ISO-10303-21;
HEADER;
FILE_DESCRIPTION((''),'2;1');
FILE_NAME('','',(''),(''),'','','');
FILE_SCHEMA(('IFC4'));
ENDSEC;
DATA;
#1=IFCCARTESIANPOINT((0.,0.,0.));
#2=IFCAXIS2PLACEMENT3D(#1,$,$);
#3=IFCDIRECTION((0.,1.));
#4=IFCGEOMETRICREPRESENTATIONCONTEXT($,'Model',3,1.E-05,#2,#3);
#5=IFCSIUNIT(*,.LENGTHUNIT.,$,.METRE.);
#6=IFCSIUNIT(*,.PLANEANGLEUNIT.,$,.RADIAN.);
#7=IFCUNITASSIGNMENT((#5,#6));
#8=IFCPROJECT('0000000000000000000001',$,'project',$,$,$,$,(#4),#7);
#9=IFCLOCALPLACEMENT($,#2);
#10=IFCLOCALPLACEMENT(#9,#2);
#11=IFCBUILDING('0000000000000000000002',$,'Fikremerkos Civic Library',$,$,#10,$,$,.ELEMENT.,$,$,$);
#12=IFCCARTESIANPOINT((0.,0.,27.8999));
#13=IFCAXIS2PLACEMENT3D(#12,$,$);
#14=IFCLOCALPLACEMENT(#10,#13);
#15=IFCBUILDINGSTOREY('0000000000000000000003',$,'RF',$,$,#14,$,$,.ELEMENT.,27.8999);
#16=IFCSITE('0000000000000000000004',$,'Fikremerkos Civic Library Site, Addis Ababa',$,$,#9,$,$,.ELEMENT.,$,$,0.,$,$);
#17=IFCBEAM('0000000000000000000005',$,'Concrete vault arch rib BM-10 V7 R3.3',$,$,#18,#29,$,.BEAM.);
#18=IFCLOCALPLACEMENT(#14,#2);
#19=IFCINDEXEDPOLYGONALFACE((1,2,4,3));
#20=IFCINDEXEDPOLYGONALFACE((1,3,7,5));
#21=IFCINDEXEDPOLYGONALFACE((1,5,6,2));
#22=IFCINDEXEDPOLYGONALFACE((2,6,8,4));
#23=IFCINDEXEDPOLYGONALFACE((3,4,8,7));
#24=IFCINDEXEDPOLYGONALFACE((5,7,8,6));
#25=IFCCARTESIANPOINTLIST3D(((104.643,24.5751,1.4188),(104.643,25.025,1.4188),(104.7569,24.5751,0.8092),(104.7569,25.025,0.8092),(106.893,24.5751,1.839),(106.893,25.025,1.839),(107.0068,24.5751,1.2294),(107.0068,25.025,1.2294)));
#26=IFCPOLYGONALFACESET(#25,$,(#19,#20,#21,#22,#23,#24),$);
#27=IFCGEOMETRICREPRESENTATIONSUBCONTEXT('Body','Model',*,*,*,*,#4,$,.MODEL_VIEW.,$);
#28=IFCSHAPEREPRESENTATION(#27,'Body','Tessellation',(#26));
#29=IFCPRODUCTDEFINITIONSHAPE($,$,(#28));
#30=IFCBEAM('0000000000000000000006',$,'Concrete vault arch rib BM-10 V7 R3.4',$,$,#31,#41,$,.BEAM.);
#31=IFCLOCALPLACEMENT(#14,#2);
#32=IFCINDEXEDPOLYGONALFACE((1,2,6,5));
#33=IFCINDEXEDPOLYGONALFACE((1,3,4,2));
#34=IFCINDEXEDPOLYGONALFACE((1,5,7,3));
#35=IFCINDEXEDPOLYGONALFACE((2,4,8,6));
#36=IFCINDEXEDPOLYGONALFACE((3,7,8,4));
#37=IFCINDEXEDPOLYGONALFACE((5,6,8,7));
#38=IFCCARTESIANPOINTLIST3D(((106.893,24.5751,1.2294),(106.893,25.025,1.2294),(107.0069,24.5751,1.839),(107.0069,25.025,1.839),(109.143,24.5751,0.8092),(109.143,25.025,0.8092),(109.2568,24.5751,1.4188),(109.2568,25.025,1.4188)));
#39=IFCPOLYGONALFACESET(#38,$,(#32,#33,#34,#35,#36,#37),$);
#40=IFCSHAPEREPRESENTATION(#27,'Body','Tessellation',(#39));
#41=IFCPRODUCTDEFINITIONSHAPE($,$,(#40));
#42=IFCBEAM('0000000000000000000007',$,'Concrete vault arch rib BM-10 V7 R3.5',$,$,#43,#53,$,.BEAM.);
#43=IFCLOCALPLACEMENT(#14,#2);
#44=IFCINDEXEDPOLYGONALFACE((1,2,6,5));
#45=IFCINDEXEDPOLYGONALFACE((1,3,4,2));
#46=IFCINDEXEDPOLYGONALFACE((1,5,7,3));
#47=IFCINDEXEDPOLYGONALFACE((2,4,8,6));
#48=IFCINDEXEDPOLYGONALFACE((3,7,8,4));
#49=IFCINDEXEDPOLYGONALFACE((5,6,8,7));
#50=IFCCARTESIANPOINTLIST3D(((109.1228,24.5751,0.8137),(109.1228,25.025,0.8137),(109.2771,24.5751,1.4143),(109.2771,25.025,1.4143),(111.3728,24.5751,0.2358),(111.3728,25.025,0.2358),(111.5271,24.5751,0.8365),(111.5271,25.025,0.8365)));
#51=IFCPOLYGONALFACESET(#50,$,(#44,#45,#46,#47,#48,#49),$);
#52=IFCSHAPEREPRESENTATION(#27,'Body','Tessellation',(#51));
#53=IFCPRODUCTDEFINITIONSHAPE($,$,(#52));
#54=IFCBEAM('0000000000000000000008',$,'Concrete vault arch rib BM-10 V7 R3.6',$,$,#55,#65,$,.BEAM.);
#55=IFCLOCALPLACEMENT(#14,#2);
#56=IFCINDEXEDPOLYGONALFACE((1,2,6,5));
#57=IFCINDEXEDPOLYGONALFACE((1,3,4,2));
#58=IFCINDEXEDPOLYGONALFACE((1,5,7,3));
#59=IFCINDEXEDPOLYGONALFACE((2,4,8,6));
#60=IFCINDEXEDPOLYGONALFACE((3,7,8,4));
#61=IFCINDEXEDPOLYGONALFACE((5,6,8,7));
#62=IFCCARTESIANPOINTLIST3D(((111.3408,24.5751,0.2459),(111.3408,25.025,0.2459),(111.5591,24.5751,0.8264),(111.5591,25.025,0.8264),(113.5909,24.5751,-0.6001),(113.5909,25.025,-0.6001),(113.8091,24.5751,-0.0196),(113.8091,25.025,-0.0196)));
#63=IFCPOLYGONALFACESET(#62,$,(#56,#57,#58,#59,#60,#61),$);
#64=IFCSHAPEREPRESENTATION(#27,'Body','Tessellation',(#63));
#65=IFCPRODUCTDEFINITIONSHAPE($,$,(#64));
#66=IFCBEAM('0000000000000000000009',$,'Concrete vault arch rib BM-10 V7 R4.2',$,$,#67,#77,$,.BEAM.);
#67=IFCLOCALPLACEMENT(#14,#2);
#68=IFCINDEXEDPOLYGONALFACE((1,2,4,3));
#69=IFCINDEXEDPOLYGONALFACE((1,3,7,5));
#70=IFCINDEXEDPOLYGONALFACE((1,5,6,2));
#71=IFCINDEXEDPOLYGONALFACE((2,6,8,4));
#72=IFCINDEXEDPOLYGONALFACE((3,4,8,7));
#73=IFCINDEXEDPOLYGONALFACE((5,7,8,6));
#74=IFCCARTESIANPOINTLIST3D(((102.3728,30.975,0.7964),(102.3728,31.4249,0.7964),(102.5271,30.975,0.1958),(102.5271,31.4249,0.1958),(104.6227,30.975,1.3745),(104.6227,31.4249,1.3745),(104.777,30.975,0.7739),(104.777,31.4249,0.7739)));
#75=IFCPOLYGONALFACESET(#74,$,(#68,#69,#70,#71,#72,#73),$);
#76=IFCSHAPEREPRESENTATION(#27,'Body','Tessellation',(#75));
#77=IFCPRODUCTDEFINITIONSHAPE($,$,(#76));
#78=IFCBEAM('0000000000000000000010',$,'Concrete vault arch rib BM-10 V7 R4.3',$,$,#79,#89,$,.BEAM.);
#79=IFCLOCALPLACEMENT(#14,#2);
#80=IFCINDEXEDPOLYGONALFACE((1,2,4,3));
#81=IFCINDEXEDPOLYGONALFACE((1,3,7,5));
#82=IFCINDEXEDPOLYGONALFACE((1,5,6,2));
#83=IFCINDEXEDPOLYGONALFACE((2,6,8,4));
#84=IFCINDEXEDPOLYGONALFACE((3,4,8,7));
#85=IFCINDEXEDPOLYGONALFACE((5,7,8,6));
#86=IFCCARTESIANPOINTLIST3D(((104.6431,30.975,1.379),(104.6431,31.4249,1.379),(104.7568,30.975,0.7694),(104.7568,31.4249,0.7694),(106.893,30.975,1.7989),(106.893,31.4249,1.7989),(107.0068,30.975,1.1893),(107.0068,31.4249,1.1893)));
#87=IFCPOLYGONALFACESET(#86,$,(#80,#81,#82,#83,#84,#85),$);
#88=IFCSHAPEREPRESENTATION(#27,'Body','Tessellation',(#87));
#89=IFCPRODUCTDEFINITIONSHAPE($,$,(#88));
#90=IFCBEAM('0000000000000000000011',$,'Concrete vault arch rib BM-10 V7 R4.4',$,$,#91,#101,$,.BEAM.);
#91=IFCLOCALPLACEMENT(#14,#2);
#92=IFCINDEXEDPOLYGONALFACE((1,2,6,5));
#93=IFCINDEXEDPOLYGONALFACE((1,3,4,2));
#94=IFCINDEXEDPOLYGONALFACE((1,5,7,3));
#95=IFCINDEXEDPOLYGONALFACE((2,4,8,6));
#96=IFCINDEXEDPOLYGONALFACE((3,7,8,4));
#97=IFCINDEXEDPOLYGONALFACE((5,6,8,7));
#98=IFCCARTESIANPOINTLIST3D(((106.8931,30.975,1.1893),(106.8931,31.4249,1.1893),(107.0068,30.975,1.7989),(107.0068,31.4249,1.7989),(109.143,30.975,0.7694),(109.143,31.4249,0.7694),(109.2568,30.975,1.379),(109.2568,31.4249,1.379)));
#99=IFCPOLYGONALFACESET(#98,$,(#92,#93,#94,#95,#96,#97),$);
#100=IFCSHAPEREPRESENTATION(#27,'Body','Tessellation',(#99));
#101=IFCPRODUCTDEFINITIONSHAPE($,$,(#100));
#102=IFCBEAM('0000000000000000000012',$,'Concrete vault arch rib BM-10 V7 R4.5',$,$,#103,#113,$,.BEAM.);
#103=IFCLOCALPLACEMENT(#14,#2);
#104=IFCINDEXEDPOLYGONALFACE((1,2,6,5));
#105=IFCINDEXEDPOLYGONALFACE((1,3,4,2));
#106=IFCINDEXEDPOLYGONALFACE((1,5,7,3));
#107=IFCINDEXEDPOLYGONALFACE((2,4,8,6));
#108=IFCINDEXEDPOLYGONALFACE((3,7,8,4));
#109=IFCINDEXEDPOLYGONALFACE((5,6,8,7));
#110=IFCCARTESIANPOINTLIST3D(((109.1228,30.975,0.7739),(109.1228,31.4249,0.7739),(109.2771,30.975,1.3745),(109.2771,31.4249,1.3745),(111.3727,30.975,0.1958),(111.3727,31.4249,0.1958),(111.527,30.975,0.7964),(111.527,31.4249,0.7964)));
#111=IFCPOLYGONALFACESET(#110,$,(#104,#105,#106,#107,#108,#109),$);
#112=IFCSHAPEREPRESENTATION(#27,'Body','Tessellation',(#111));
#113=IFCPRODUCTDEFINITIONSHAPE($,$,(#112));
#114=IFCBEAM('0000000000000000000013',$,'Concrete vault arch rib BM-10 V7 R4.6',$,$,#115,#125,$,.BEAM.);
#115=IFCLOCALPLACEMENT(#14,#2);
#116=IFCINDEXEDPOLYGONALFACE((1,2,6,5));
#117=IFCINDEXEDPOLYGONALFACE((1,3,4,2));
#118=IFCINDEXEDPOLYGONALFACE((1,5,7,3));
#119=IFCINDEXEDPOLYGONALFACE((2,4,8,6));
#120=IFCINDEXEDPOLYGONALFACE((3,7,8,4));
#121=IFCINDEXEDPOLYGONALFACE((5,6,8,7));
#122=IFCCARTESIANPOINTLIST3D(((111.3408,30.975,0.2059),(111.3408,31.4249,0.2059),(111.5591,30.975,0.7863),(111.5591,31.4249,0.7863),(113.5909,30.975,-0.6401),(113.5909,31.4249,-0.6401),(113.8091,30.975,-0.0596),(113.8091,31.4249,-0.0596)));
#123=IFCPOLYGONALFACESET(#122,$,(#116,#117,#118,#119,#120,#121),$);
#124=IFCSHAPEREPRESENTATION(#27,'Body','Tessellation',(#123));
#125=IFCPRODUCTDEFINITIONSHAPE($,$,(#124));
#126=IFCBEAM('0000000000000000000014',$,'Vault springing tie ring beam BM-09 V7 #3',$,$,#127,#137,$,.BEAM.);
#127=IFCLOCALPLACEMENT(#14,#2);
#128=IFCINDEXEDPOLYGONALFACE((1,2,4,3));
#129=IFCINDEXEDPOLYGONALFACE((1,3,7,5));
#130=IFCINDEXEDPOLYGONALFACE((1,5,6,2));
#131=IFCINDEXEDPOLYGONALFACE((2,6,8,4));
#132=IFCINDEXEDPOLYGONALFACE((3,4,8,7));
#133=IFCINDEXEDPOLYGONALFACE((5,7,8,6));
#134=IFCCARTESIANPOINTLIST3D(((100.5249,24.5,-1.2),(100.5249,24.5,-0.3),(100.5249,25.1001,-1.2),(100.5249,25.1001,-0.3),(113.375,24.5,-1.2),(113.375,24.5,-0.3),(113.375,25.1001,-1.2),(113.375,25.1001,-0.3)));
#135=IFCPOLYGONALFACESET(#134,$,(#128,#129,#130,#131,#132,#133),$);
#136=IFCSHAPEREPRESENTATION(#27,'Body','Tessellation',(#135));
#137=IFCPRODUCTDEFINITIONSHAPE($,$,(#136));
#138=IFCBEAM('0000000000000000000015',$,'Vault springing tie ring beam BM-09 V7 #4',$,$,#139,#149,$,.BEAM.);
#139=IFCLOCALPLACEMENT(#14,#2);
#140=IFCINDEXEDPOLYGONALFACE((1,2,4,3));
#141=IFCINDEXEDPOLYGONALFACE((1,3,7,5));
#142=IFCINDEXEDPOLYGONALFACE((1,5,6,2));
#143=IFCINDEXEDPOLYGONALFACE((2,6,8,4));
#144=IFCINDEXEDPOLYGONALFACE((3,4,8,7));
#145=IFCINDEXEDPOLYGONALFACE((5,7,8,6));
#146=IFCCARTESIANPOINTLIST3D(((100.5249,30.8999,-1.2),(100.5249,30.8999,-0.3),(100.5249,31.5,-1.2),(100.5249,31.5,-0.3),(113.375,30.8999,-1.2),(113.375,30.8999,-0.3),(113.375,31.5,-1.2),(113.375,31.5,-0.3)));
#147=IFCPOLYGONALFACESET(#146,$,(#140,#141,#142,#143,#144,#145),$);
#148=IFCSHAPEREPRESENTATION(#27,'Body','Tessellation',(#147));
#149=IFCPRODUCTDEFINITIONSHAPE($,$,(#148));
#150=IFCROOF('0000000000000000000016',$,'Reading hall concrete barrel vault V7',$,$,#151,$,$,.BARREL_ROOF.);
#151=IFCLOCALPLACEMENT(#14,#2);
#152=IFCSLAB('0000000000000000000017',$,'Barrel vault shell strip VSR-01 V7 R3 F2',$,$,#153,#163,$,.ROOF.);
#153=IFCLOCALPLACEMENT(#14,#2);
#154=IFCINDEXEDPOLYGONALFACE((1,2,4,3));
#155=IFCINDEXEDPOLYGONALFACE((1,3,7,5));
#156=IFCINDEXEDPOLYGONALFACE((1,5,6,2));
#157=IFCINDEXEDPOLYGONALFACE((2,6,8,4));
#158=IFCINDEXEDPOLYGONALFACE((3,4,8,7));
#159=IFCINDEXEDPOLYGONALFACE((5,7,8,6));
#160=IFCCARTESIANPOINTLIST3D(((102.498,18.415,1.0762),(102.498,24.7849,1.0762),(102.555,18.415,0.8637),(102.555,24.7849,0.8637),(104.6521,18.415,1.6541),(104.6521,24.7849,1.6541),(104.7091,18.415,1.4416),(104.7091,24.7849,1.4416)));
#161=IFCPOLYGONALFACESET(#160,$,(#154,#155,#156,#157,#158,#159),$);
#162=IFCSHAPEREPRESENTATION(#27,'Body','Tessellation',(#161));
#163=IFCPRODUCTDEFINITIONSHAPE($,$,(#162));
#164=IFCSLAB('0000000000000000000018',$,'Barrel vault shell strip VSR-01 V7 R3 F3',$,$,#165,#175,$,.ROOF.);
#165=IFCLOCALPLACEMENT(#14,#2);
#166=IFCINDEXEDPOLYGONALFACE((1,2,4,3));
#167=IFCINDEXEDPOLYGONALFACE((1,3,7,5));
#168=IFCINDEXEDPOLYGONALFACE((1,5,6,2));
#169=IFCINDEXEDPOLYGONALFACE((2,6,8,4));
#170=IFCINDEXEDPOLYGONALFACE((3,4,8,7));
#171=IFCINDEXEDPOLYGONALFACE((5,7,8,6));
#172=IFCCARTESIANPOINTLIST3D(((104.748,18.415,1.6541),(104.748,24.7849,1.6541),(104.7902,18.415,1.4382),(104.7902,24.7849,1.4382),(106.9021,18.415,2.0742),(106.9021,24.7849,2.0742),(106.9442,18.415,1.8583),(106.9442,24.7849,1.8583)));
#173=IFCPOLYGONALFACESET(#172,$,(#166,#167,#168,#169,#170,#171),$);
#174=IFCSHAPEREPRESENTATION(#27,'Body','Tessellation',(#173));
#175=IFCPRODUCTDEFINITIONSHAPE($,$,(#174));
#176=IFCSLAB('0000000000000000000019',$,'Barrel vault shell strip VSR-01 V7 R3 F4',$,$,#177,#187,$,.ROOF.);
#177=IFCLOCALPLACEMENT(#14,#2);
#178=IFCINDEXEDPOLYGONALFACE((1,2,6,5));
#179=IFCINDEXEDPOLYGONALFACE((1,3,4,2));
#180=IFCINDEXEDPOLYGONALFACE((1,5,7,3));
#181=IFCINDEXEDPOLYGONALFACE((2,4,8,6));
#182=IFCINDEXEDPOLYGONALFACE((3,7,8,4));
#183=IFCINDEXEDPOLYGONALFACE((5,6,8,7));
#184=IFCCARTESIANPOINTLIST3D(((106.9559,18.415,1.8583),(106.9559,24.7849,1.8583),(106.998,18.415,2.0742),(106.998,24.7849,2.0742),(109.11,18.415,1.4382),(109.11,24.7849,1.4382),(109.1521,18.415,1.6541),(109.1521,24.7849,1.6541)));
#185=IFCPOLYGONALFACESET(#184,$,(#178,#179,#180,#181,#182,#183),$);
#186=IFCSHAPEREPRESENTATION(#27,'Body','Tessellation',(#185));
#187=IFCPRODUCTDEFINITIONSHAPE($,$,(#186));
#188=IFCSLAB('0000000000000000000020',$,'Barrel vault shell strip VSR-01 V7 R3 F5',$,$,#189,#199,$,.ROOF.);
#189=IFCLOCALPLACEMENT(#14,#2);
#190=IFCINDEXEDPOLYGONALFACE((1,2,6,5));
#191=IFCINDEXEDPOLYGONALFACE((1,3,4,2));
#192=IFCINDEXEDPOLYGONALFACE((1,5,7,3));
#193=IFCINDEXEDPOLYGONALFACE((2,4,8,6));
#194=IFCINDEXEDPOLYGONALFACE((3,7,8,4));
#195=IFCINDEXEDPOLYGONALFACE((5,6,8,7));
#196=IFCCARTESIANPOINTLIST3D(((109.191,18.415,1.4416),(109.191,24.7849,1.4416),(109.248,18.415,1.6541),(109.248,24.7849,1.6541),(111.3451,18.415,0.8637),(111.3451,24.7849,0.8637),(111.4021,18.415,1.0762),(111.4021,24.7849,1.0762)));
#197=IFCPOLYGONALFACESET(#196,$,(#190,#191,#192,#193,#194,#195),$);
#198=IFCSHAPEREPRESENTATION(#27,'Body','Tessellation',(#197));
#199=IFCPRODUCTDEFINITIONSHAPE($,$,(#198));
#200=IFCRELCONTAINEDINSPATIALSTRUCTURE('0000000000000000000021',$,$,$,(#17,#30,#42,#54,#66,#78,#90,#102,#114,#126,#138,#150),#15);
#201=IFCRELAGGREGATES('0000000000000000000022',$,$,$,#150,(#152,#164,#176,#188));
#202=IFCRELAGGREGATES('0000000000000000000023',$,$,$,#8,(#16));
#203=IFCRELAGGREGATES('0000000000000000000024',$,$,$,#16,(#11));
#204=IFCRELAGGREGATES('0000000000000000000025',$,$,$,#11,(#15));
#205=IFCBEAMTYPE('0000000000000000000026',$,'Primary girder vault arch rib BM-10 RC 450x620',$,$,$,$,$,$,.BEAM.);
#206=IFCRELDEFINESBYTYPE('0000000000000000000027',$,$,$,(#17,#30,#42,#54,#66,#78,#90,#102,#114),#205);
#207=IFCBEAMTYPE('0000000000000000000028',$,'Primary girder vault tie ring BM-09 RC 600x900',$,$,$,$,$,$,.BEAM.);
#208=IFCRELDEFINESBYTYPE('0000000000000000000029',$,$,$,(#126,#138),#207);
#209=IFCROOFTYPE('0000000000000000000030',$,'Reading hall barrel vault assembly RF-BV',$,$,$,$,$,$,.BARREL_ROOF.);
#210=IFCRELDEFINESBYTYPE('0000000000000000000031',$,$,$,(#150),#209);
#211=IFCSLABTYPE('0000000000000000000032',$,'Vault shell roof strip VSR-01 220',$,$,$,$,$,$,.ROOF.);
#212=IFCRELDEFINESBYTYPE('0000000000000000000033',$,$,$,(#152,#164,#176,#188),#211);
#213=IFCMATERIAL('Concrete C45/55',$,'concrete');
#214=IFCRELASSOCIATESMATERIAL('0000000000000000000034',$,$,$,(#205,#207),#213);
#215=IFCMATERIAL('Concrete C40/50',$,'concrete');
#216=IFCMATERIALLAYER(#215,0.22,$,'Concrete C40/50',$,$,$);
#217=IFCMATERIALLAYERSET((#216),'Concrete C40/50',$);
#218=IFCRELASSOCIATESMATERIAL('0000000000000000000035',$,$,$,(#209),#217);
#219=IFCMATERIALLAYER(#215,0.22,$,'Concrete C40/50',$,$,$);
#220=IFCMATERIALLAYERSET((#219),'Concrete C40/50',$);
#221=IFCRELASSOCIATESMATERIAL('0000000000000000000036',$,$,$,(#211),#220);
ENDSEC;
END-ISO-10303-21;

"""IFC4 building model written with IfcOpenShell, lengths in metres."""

from ifc_helpers import new_model, si_unit, direction, frame, origin, origin_2d, place, context, subcontext, project, spatial, polyline, rectangle, outline, extrude, material, layer, layer_set, material_profile, profile_set, type_object, element, aggregate, save


model = new_model("IFC4")

# Units and contexts
model_context = context("Model", 3, precision=1e-05, world=origin(), true_north=direction((0.0, 1.0)))
body_context = subcontext(model_context, "Body", "Model", "MODEL_VIEW")
ifc_project = project(units=[si_unit("LENGTHUNIT", "METRE"), si_unit("PLANEANGLEUNIT", "RADIAN")], contexts=[model_context])

# Site, building, storey
site_placement = place(None, origin())
site = spatial("IfcSite", under=ifc_project, at=site_placement, Name="Fikremerkos Civic Library Site, Addis Ababa", CompositionType="ELEMENT", RefElevation=0.0)
building_placement = place(site_placement, origin())
building = spatial("IfcBuilding", under=site, at=building_placement, Name="Fikremerkos Civic Library", CompositionType="ELEMENT")
storey_placement = place(building_placement, frame((0.0, 0.0, 27.8999)))
storey = spatial("IfcBuildingStorey", under=building, at=storey_placement, Name="RF", CompositionType="ELEMENT", Elevation=27.8999)

# Beams
ifc_material_1 = material(Name="Concrete C45/55", Category="concrete")
ifc_material_profile_1 = material_profile(ifc_material_1, rectangle(XDim=0.45, YDim=0.6201, at=origin_2d()), Name="RC 450x620")
ifc_profile_set_1 = profile_set([ifc_material_profile_1], Name="Concrete C45/55")
beam_type_1 = type_object("IfcBeamType", Name="Primary girder vault arch rib BM-10 RC 450x620", PredefinedType="BEAM", material=ifc_profile_set_1)
for number, where, z_axis, x_axis, name in (
    (1, (104.7, 24.8, 1.114), (0.983007, 0.0, 0.183567), (0.0, 1.0, 0.0), "Concrete vault arch rib BM-10 V7 R3.3"),
    (2, (106.95, 24.8, 1.5342), (0.983007, 0.0, -0.183567), (0.0, 1.0, 0.0), "Concrete vault arch rib BM-10 V7 R3.4"),
):
    element("IfcBeam", number, at=place(storey_placement, frame(where, z_axis=z_axis, x_axis=x_axis)), inside=storey, type_object=beam_type_1, Name=name, PredefinedType="BEAM", context=body_context, shape_type="SweptSolid", body=[
        extrude(rectangle(XDim=0.45, YDim=0.6201, at=origin_2d()), origin(), (0.0, 0.0, 1.0), 2.2888),
    ])
beam_1_placement = place(storey_placement, frame((109.2, 24.8, 1.114), z_axis=(0.968565, 0.0, -0.248762), x_axis=(0.0, 1.0, 0.0)))
element("IfcBeam", 3, at=beam_1_placement, inside=storey, type_object=beam_type_1, Name="Concrete vault arch rib BM-10 V7 R3.5", PredefinedType="BEAM", context=body_context, shape_type="SweptSolid", body=[
    extrude(rectangle(XDim=0.45, YDim=0.6201, at=origin_2d()), origin(), (0.0, 0.0, 1.0), 2.323),
])
beam_2_placement = place(storey_placement, frame((111.45, 24.8, 0.5361), z_axis=(0.936028, 0.0, -0.351925), x_axis=(0.0, 1.0, 0.0)))
element("IfcBeam", 4, at=beam_2_placement, inside=storey, type_object=beam_type_1, Name="Concrete vault arch rib BM-10 V7 R3.6", PredefinedType="BEAM", context=body_context, shape_type="SweptSolid", body=[
    extrude(rectangle(XDim=0.45, YDim=0.6201, at=origin_2d()), origin(), (0.0, 0.0, 1.0), 2.4038),
])
beam_3_placement = place(storey_placement, frame((102.45, 31.2, 0.4961), z_axis=(0.968539, 0.0, 0.248861), x_axis=(0.0, 1.0, 0.0)))
element("IfcBeam", 5, at=beam_3_placement, inside=storey, type_object=beam_type_1, Name="Concrete vault arch rib BM-10 V7 R4.2", PredefinedType="BEAM", context=body_context, shape_type="SweptSolid", body=[
    extrude(rectangle(XDim=0.45, YDim=0.6201, at=origin_2d()), origin(), (0.0, 0.0, 1.0), 2.323),
])
for number, where, z_axis, x_axis, name in (
    (6, (104.7, 31.2, 1.0742), (0.983026, 0.0, 0.183464), (0.0, 1.0, 0.0), "Concrete vault arch rib BM-10 V7 R4.3"),
    (7, (106.95, 31.2, 1.4941), (0.983026, 0.0, -0.183464), (0.0, 1.0, 0.0), "Concrete vault arch rib BM-10 V7 R4.4"),
):
    element("IfcBeam", number, at=place(storey_placement, frame(where, z_axis=z_axis, x_axis=x_axis)), inside=storey, type_object=beam_type_1, Name=name, PredefinedType="BEAM", context=body_context, shape_type="SweptSolid", body=[
        extrude(rectangle(XDim=0.45, YDim=0.6201, at=origin_2d()), origin(), (0.0, 0.0, 1.0), 2.2888),
    ])
beam_4_placement = place(storey_placement, frame((109.2, 31.2, 1.0742), z_axis=(0.968539, 0.0, -0.248861), x_axis=(0.0, 1.0, 0.0)))
element("IfcBeam", 8, at=beam_4_placement, inside=storey, type_object=beam_type_1, Name="Concrete vault arch rib BM-10 V7 R4.5", PredefinedType="BEAM", context=body_context, shape_type="SweptSolid", body=[
    extrude(rectangle(XDim=0.45, YDim=0.6201, at=origin_2d()), origin(), (0.0, 0.0, 1.0), 2.323),
])
beam_5_placement = place(storey_placement, frame((111.45, 31.2, 0.4961), z_axis=(0.936028, 0.0, -0.351925), x_axis=(0.0, 1.0, 0.0)))
element("IfcBeam", 9, at=beam_5_placement, inside=storey, type_object=beam_type_1, Name="Concrete vault arch rib BM-10 V7 R4.6", PredefinedType="BEAM", context=body_context, shape_type="SweptSolid", body=[
    extrude(rectangle(XDim=0.45, YDim=0.6201, at=origin_2d()), origin(), (0.0, 0.0, 1.0), 2.4038),
])
ifc_material_profile_2 = material_profile(ifc_material_1, rectangle(XDim=0.6001, YDim=0.8999, at=origin_2d()), Name="RC 600x900")
ifc_profile_set_2 = profile_set([ifc_material_profile_2], Name="Concrete C45/55")
beam_type_2 = type_object("IfcBeamType", Name="Primary girder vault tie ring BM-09 RC 600x900", PredefinedType="BEAM", material=ifc_profile_set_2)
for number, where, z_axis, x_axis, name in (
    (10, (100.5249, 24.8, -0.75), (1.0, 0.0, 0.0), (0.0, 1.0, 0.0), "Vault springing tie ring beam BM-09 V7 #3"),
    (11, (100.5249, 31.2, -0.75), (1.0, 0.0, 0.0), (0.0, 1.0, 0.0), "Vault springing tie ring beam BM-09 V7 #4"),
):
    element("IfcBeam", number, at=place(storey_placement, frame(where, z_axis=z_axis, x_axis=x_axis)), inside=storey, type_object=beam_type_2, Name=name, PredefinedType="BEAM", context=body_context, shape_type="SweptSolid", body=[
        extrude(rectangle(XDim=0.6001, YDim=0.8999, at=origin_2d()), origin(), (0.0, 0.0, 1.0), 12.8501),
    ])

# Roof, slabs
ifc_material_2 = material(Name="Concrete C40/50", Category="concrete")
ifc_layer_1 = layer(ifc_material_2, 0.22, Name="Concrete C40/50")
ifc_layer_set_1 = layer_set([ifc_layer_1], Name="Concrete C40/50")
roof_type = type_object("IfcRoofType", Name="Reading hall barrel vault assembly RF-BV", PredefinedType="BARREL_ROOF", material=ifc_layer_set_1)
roof_placement = place(storey_placement, origin())
roof = element("IfcRoof", 12, at=roof_placement, inside=storey, type_object=roof_type, Name="Reading hall concrete barrel vault V7", PredefinedType="BARREL_ROOF")
ifc_layer_2 = layer(ifc_material_2, 0.22, Name="Concrete C40/50")
ifc_layer_set_2 = layer_set([ifc_layer_2], Name="Concrete C40/50")
slab_type_1 = type_object("IfcSlabType", Name="Vault shell roof strip VSR-01 220", PredefinedType="ROOF", material=ifc_layer_set_2)
slab_1_placement = place(storey_placement, frame((102.498, 18.415, 1.0762), z_axis=(-0.259114, 0.0, 0.965847), x_axis=(0.965847, 0.0, 0.259114)))
slab_1 = element("IfcSlab", 13, at=slab_1_placement, type_object=slab_type_1, Name="Barrel vault shell strip VSR-01 V7 R3 F2", PredefinedType="ROOF", context=body_context, shape_type="SweptSolid", body=[
    extrude(outline(polyline([(0.0, 0.0), (2.2302, 0.0), (2.2302, 6.3699), (0.0, 6.3699), (0.0, 0.0)])), origin(), (0.0, 0.0, -1.0), 0.22),
])
slab_2_placement = place(storey_placement, frame((104.748, 18.415, 1.6541), z_axis=(-0.19145, 0.0, 0.981502), x_axis=(0.981502, 0.0, 0.19145)))
slab_2 = element("IfcSlab", 14, at=slab_2_placement, type_object=slab_type_1, Name="Barrel vault shell strip VSR-01 V7 R3 F3", PredefinedType="ROOF", context=body_context, shape_type="SweptSolid", body=[
    extrude(outline(polyline([(0.0, 0.0), (2.1946, 0.0), (2.1946, 6.3699), (0.0, 6.3699), (0.0, 0.0)])), origin(), (0.0, 0.0, -1.0), 0.22),
])
slab_3_placement = place(storey_placement, frame((106.998, 18.415, 2.0742), z_axis=(0.19145, 0.0, 0.981502), x_axis=(0.981502, 0.0, -0.19145)))
slab_3 = element("IfcSlab", 15, at=slab_3_placement, type_object=slab_type_1, Name="Barrel vault shell strip VSR-01 V7 R3 F4", PredefinedType="ROOF", context=body_context, shape_type="SweptSolid", body=[
    extrude(outline(polyline([(0.0, 0.0), (2.1946, 0.0), (2.1946, 6.3699), (0.0, 6.3699), (0.0, 0.0)])), origin(), (0.0, 0.0, -1.0), 0.22),
])
slab_4_placement = place(storey_placement, frame((109.248, 18.415, 1.6541), z_axis=(0.259114, 0.0, 0.965847), x_axis=(0.965847, 0.0, -0.259114)))
slab_4 = element("IfcSlab", 16, at=slab_4_placement, type_object=slab_type_1, Name="Barrel vault shell strip VSR-01 V7 R3 F5", PredefinedType="ROOF", context=body_context, shape_type="SweptSolid", body=[
    extrude(outline(polyline([(0.0, 0.0), (2.2302, 0.0), (2.2302, 6.3699), (0.0, 6.3699), (0.0, 0.0)])), origin(), (0.0, 0.0, -1.0), 0.22),
])
aggregate(roof, [slab_1, slab_2, slab_3, slab_4])

save(model, "model.ifc")
